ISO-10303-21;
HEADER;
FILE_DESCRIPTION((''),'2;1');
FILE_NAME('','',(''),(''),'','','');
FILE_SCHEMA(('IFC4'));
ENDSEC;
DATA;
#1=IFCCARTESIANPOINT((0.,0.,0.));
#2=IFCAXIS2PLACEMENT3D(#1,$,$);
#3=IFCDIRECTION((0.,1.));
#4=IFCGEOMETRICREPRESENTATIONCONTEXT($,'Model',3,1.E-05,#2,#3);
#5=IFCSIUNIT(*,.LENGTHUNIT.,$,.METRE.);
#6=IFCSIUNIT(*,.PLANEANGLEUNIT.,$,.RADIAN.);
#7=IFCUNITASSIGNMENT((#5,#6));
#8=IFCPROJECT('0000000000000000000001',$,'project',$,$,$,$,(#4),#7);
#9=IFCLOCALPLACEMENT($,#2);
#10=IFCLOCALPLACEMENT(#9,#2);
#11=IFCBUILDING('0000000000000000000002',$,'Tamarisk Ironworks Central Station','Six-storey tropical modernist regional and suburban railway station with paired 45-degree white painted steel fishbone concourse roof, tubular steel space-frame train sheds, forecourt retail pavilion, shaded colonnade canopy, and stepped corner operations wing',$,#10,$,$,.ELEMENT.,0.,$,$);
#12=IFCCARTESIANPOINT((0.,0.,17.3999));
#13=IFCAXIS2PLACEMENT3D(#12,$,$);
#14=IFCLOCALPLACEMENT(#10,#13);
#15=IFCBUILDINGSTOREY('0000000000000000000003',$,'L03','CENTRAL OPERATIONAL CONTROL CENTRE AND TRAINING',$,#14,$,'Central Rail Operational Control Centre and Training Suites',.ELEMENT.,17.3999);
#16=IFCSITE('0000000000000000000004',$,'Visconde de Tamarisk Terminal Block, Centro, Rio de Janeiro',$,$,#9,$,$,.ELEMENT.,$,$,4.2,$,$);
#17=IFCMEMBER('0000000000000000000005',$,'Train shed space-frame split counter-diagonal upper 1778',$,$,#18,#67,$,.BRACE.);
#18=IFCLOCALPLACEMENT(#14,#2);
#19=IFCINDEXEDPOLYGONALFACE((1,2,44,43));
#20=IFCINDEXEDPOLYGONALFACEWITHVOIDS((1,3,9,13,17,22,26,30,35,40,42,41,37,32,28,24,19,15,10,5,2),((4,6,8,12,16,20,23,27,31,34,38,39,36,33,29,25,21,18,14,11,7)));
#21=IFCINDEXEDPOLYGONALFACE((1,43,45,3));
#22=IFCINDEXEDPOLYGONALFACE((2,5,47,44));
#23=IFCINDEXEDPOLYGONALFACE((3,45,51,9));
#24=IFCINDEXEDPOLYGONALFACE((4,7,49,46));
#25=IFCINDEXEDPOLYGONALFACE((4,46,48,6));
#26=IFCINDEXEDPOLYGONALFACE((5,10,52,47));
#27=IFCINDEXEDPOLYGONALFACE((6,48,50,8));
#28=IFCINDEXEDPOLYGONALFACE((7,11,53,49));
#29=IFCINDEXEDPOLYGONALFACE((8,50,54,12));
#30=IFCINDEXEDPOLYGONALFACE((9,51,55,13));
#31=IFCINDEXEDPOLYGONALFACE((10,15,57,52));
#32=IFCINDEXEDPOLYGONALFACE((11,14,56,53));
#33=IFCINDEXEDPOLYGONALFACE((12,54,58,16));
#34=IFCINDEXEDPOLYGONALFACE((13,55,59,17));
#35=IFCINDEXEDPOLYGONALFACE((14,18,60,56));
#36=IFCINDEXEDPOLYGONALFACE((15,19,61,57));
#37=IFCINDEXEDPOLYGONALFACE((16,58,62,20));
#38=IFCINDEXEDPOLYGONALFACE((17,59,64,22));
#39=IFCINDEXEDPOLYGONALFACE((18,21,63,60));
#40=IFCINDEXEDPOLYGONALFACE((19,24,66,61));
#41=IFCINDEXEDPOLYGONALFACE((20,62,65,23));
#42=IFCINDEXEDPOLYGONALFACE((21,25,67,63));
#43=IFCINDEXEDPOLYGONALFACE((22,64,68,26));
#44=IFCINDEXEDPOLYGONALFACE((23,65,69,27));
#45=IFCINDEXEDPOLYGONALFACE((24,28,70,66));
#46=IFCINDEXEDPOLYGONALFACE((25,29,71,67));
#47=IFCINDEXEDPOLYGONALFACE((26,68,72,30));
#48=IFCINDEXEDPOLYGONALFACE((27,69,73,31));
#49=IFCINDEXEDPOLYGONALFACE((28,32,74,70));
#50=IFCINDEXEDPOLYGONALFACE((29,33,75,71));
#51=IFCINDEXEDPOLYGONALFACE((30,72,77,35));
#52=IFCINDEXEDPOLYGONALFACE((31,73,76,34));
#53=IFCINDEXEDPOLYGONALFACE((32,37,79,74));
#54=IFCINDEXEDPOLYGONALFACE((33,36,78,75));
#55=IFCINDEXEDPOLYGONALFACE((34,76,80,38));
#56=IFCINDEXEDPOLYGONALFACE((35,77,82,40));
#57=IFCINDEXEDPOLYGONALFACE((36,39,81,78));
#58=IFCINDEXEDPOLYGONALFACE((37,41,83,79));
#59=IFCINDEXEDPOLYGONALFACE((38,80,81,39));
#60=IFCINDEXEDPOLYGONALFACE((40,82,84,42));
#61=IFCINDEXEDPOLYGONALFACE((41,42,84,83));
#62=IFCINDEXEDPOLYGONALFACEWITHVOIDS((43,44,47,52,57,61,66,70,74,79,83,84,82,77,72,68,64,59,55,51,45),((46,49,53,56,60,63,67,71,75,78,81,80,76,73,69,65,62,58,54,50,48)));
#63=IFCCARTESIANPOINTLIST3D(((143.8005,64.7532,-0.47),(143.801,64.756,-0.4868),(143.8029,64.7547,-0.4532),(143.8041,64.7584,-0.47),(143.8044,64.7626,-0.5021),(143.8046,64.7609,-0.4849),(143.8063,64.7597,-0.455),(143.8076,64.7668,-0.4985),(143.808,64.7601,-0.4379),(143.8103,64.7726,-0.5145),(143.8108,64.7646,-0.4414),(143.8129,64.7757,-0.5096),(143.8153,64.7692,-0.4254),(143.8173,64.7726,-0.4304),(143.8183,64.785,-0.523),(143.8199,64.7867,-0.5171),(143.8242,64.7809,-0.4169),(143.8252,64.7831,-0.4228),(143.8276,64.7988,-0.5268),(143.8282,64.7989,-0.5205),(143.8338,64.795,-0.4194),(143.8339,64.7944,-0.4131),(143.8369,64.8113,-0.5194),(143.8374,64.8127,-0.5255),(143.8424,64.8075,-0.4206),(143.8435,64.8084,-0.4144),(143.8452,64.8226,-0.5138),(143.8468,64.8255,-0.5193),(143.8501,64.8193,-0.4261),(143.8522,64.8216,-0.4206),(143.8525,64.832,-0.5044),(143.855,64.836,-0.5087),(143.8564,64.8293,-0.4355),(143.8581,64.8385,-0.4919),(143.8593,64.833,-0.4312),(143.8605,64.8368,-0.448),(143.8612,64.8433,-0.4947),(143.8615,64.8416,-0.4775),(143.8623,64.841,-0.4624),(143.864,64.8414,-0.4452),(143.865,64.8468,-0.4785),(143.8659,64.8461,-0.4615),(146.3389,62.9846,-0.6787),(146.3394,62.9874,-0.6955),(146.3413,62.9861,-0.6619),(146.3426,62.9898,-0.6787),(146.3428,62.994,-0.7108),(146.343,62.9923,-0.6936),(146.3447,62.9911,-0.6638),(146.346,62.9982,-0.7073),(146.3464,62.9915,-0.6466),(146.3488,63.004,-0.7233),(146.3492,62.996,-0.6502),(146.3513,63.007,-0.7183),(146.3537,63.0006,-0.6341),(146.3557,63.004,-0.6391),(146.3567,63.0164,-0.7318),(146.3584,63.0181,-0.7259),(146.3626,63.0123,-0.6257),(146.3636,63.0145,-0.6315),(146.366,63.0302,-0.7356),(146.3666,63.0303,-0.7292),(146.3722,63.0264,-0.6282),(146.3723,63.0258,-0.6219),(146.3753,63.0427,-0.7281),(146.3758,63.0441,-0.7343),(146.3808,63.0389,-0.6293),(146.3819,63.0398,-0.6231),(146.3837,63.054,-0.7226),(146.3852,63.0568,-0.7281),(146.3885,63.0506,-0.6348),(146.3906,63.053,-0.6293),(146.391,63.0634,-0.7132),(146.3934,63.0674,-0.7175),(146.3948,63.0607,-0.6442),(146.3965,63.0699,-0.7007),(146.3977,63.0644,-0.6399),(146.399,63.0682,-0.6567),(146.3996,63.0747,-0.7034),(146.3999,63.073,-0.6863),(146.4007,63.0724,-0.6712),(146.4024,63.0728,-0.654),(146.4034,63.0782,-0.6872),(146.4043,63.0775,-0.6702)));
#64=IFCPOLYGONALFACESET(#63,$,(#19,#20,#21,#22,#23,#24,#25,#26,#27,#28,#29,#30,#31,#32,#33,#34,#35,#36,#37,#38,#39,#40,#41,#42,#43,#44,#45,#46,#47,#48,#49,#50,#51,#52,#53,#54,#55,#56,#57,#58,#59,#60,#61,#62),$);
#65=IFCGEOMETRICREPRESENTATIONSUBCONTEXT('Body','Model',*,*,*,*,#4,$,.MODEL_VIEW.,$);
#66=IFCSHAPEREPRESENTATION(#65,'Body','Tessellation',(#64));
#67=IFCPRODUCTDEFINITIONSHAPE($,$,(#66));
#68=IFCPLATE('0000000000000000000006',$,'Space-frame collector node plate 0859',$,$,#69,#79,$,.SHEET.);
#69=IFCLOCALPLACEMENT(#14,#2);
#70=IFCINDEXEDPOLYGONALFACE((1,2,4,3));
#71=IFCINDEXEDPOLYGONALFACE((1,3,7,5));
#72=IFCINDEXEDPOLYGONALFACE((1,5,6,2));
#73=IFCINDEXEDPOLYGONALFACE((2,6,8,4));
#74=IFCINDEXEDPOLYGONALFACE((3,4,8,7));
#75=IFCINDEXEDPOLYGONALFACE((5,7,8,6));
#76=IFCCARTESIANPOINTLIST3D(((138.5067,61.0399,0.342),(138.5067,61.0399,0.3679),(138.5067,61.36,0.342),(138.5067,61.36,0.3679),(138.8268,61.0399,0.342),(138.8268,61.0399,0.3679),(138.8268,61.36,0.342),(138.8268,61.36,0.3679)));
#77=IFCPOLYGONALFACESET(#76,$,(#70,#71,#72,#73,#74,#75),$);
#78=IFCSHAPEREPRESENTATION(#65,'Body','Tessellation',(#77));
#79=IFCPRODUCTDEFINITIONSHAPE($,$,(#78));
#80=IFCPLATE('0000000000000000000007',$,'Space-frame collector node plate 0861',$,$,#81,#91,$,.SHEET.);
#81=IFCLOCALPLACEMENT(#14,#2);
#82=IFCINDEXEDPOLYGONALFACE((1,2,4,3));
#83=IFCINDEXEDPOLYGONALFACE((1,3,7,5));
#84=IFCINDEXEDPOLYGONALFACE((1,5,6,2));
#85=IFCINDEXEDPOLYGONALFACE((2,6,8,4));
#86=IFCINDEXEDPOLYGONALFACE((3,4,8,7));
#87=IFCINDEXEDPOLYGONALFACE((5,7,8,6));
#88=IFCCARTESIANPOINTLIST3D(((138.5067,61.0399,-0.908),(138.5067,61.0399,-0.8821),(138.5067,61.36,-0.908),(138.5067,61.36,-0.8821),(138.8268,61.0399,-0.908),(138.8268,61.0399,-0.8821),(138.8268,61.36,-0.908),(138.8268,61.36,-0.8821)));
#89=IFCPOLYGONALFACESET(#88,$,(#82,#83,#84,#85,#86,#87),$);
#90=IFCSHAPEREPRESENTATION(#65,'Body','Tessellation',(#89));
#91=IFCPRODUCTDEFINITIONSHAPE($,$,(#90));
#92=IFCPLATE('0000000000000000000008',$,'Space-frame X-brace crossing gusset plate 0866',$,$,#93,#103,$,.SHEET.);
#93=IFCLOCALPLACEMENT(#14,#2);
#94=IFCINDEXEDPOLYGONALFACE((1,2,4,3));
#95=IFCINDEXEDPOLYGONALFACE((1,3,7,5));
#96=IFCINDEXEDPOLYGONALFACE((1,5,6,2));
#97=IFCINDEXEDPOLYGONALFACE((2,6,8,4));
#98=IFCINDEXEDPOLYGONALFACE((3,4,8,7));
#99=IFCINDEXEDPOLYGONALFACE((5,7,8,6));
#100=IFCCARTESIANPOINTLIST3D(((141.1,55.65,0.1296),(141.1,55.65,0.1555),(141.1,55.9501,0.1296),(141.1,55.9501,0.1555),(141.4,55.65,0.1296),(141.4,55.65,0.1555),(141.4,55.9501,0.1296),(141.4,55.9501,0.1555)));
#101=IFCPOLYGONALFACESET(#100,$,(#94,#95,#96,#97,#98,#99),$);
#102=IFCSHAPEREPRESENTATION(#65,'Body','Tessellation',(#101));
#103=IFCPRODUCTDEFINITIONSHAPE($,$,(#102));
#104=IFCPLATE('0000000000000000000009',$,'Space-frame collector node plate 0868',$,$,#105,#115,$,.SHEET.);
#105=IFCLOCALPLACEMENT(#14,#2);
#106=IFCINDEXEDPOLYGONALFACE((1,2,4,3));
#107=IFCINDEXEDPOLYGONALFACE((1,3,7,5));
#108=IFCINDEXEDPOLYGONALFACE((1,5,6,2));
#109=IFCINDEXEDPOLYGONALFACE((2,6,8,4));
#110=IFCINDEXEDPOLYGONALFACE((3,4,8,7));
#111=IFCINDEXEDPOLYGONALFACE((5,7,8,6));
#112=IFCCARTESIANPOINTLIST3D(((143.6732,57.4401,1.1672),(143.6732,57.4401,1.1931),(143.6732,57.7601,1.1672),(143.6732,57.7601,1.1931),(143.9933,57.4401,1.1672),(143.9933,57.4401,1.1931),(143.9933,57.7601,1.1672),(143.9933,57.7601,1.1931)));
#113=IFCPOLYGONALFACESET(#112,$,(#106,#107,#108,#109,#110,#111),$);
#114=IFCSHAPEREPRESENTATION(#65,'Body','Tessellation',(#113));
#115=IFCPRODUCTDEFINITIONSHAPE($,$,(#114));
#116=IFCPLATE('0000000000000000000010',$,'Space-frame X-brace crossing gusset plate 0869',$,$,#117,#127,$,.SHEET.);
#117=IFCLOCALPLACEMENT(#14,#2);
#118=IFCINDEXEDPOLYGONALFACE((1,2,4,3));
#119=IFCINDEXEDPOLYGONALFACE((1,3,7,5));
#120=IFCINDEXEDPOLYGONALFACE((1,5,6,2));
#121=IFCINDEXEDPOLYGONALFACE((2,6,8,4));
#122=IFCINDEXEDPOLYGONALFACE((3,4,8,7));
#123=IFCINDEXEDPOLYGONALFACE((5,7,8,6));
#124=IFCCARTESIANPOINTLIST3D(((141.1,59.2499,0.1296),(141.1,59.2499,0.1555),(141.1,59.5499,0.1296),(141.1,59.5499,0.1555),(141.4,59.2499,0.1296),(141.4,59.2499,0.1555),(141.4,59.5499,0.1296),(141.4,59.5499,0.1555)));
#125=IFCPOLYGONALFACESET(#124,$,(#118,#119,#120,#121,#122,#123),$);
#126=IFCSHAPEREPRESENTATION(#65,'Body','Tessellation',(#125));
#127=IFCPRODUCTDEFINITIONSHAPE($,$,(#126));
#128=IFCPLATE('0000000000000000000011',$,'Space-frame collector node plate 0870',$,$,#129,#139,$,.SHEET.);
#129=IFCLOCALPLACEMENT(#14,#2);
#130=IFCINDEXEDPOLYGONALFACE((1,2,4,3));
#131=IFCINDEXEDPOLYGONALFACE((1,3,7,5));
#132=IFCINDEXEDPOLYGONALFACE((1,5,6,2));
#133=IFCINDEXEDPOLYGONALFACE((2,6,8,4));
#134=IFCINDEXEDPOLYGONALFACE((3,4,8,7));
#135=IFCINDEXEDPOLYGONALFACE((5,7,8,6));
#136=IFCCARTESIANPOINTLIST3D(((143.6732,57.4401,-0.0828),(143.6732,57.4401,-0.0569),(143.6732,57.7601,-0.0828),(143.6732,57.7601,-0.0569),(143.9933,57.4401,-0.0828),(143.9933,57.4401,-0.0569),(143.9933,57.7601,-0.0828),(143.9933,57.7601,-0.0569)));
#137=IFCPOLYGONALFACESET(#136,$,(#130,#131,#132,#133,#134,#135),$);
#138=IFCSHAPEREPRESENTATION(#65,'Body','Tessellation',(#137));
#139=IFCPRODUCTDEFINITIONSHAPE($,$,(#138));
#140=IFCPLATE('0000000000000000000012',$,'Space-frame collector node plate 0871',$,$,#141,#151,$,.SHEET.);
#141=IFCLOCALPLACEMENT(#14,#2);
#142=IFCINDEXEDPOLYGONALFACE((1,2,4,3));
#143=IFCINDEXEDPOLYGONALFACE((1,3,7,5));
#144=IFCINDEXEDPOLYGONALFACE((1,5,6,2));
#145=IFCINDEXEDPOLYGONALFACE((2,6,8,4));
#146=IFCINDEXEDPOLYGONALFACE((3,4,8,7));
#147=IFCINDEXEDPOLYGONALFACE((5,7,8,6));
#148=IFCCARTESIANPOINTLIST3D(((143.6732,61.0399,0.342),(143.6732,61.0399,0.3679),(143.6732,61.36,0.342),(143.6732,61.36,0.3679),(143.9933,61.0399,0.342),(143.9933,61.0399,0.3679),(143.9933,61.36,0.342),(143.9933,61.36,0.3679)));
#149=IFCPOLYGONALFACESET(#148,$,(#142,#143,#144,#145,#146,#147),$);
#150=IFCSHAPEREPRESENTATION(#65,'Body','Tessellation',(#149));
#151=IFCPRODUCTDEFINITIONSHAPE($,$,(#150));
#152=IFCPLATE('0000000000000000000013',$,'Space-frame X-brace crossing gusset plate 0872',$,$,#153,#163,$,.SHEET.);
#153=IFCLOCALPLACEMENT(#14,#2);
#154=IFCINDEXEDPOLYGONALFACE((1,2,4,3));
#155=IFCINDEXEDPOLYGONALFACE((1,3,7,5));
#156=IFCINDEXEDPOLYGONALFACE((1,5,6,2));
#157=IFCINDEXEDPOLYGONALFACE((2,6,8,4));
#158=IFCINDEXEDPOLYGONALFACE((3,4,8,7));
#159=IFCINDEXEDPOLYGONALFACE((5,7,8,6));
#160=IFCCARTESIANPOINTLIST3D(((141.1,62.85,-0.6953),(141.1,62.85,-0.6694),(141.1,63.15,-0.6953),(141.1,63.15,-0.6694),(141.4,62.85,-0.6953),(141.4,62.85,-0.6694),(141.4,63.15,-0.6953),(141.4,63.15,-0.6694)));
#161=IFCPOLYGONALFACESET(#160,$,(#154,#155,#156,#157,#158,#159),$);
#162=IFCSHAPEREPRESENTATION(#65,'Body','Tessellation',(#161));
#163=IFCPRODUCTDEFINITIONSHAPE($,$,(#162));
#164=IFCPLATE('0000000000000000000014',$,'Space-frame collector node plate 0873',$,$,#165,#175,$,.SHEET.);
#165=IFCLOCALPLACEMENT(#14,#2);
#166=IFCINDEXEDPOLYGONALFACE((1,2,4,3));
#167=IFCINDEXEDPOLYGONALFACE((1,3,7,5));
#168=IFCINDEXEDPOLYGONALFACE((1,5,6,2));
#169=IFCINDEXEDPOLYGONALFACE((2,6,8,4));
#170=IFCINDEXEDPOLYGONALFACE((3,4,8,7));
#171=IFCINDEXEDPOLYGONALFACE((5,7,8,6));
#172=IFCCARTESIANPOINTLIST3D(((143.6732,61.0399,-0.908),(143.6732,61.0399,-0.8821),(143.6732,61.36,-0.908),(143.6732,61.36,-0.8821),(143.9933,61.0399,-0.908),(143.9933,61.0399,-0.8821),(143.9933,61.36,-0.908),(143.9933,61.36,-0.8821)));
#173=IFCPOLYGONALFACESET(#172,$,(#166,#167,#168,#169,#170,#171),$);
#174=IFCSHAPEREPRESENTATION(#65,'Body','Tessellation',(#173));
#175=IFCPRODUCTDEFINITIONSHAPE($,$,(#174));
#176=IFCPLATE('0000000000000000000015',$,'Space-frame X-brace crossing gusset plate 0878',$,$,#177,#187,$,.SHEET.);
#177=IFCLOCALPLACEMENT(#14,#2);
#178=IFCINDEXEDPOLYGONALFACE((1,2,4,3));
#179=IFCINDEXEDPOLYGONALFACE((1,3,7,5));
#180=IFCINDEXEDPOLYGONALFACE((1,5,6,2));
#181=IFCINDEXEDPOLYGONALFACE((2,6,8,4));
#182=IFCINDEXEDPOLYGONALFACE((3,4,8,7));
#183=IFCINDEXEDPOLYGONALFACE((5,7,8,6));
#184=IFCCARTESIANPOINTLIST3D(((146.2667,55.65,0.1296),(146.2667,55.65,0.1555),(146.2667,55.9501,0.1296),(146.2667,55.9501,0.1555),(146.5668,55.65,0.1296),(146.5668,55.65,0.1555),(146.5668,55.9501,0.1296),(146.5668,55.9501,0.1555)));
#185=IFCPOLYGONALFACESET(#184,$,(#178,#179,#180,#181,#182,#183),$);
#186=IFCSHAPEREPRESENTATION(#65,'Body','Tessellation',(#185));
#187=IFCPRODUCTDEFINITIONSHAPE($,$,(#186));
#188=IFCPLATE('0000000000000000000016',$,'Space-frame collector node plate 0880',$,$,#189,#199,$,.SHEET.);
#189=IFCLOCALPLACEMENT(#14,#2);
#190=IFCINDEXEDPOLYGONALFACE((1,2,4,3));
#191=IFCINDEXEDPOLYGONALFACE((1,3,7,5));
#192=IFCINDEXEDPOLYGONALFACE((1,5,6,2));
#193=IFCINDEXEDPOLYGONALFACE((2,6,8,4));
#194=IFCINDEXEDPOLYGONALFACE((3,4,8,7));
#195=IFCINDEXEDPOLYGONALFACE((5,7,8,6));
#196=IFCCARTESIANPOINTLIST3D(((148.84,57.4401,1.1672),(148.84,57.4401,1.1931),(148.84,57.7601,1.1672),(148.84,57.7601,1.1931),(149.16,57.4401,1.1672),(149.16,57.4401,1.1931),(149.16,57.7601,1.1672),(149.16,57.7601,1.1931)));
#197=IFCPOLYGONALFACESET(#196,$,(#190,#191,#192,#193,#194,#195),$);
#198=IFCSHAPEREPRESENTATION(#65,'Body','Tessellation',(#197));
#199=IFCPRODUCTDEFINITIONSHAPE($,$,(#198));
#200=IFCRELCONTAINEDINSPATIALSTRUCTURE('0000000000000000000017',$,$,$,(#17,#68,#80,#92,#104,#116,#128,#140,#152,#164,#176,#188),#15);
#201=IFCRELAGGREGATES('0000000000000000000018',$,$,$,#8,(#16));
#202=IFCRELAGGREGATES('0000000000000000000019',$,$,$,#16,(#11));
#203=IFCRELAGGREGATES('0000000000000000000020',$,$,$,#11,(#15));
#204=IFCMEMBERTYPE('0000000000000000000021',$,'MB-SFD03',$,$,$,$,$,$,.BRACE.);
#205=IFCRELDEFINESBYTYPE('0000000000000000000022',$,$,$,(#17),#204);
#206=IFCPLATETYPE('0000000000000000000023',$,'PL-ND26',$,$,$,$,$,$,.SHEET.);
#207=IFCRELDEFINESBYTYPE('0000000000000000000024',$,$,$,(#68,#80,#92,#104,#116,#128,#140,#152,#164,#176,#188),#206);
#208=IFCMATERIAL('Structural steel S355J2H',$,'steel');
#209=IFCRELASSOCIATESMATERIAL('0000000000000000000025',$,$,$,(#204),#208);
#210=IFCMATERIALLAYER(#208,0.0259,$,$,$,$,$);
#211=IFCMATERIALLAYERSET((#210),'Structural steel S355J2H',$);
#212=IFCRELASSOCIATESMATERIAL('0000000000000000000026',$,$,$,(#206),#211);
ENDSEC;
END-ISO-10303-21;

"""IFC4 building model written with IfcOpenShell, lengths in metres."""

from ifc_helpers import new_model, si_unit, direction, frame, origin, origin_2d, place, context, subcontext, project, spatial, rectangle, hollow_circle, extrude, material, layer, layer_set, material_profile, profile_set, type_object, element, save


model = new_model("IFC4")

# Units and contexts
model_context = context("Model", 3, precision=1e-05, world=origin(), true_north=direction((0.0, 1.0)))
body_context = subcontext(model_context, "Body", "Model", "MODEL_VIEW")
ifc_project = project(units=[si_unit("LENGTHUNIT", "METRE"), si_unit("PLANEANGLEUNIT", "RADIAN")], contexts=[model_context])

# Site, building, storey
site_placement = place(None, origin())
site = spatial("IfcSite", under=ifc_project, at=site_placement, Name="Visconde de Tamarisk Terminal Block, Centro, Rio de Janeiro", CompositionType="ELEMENT", RefElevation=4.2)
building_placement = place(site_placement, origin())
building = spatial("IfcBuilding", under=site, at=building_placement, Name="Tamarisk Ironworks Central Station", Description="Six-storey tropical modernist regional and suburban railway station with paired 45-degree white painted steel fishbone concourse roof, tubular steel space-frame train sheds, forecourt retail pavilion, shaded colonnade canopy, and stepped corner operations wing", CompositionType="ELEMENT", ElevationOfRefHeight=0.0)
storey_placement = place(building_placement, frame((0.0, 0.0, 17.3999)))
storey = spatial("IfcBuildingStorey", under=building, at=storey_placement, Name="L03", Description="CENTRAL OPERATIONAL CONTROL CENTRE AND TRAINING", LongName="Central Rail Operational Control Centre and Training Suites", CompositionType="ELEMENT", Elevation=17.3999)

# Member
ifc_material = material(Name="Structural steel S355J2H", Category="steel")
ifc_material_profile_1 = material_profile(ifc_material, hollow_circle(Radius=0.0571, WallThickness=0.0063, at=origin_2d()), Name="CHS 114.3x6.3")
ifc_profile_set_1 = profile_set([ifc_material_profile_1], Name="Structural steel S355J2H")
member_type_1 = type_object("IfcMemberType", Name="MB-SFD03", PredefinedType="BRACE", material=ifc_profile_set_1)
for number, where, z_axis, x_axis, name in (
    (1, (146.3716, 63.0315, -0.6787), (-0.818625, 0.570369, 0.06732), (-0.571666, -0.820487, 0.0), "Train shed space-frame split counter-diagonal upper 1778"),
):
    element("IfcMember", number, at=place(storey_placement, frame(where, z_axis=z_axis, x_axis=x_axis)), inside=storey, type_object=member_type_1, Name=name, PredefinedType="BRACE", context=body_context, shape_type="SweptSolid", body=[
        extrude(hollow_circle(Radius=0.0571, WallThickness=0.0063, at=origin_2d()), origin(), (0.0, 0.0, 1.0), 3.1008),
    ])

# Plates
ifc_layer = layer(ifc_material, 0.0259)
ifc_layer_set = layer_set([ifc_layer], Name="Structural steel S355J2H")
plate_type = type_object("IfcPlateType", Name="PL-ND26", PredefinedType="SHEET", material=ifc_layer_set)
for number, where, z_axis, x_axis, name in (
    (2, (138.6667, 61.2, 0.342), (0.0, 0.0, 1.0), (1.0, 0.0, 0.0), "Space-frame collector node plate 0859"),
    (3, (138.6667, 61.2, -0.908), (0.0, 0.0, 1.0), (1.0, 0.0, 0.0), "Space-frame collector node plate 0861"),
):
    element("IfcPlate", number, at=place(storey_placement, frame(where, z_axis=z_axis, x_axis=x_axis)), inside=storey, type_object=plate_type, Name=name, PredefinedType="SHEET", context=body_context, shape_type="SweptSolid", body=[
        extrude(rectangle(XDim=0.3201, YDim=0.3201, at=origin_2d()), origin(), (0.0, 0.0, 1.0), 0.0259),
    ])
plate_1_placement = place(storey_placement, frame((141.25, 55.8, 0.1296), z_axis=(0.0, 0.0, 1.0), x_axis=(1.0, 0.0, 0.0)))
element("IfcPlate", 4, at=plate_1_placement, inside=storey, type_object=plate_type, Name="Space-frame X-brace crossing gusset plate 0866", PredefinedType="SHEET", context=body_context, shape_type="SweptSolid", body=[
    extrude(rectangle(XDim=0.3, YDim=0.3, at=origin_2d()), origin(), (0.0, 0.0, 1.0), 0.0259),
])
plate_2_placement = place(storey_placement, frame((143.8333, 57.6001, 1.1672), z_axis=(0.0, 0.0, 1.0), x_axis=(1.0, 0.0, 0.0)))
element("IfcPlate", 5, at=plate_2_placement, inside=storey, type_object=plate_type, Name="Space-frame collector node plate 0868", PredefinedType="SHEET", context=body_context, shape_type="SweptSolid", body=[
    extrude(rectangle(XDim=0.3201, YDim=0.3201, at=origin_2d()), origin(), (0.0, 0.0, 1.0), 0.0259),
])
plate_3_placement = place(storey_placement, frame((141.25, 59.3999, 0.1296), z_axis=(0.0, 0.0, 1.0), x_axis=(1.0, 0.0, 0.0)))
element("IfcPlate", 6, at=plate_3_placement, inside=storey, type_object=plate_type, Name="Space-frame X-brace crossing gusset plate 0869", PredefinedType="SHEET", context=body_context, shape_type="SweptSolid", body=[
    extrude(rectangle(XDim=0.3, YDim=0.3, at=origin_2d()), origin(), (0.0, 0.0, 1.0), 0.0259),
])
for number, where, z_axis, x_axis, name in (
    (7, (143.8333, 57.6001, -0.0828), (0.0, 0.0, 1.0), (1.0, 0.0, 0.0), "Space-frame collector node plate 0870"),
    (8, (143.8333, 61.2, 0.342), (0.0, 0.0, 1.0), (1.0, 0.0, 0.0), "Space-frame collector node plate 0871"),
):
    element("IfcPlate", number, at=place(storey_placement, frame(where, z_axis=z_axis, x_axis=x_axis)), inside=storey, type_object=plate_type, Name=name, PredefinedType="SHEET", context=body_context, shape_type="SweptSolid", body=[
        extrude(rectangle(XDim=0.3201, YDim=0.3201, at=origin_2d()), origin(), (0.0, 0.0, 1.0), 0.0259),
    ])
plate_4_placement = place(storey_placement, frame((141.25, 63.0, -0.6953), z_axis=(0.0, 0.0, 1.0), x_axis=(1.0, 0.0, 0.0)))
element("IfcPlate", 9, at=plate_4_placement, inside=storey, type_object=plate_type, Name="Space-frame X-brace crossing gusset plate 0872", PredefinedType="SHEET", context=body_context, shape_type="SweptSolid", body=[
    extrude(rectangle(XDim=0.3, YDim=0.3, at=origin_2d()), origin(), (0.0, 0.0, 1.0), 0.0259),
])
plate_5_placement = place(storey_placement, frame((143.8333, 61.2, -0.908), z_axis=(0.0, 0.0, 1.0), x_axis=(1.0, 0.0, 0.0)))
element("IfcPlate", 10, at=plate_5_placement, inside=storey, type_object=plate_type, Name="Space-frame collector node plate 0873", PredefinedType="SHEET", context=body_context, shape_type="SweptSolid", body=[
    extrude(rectangle(XDim=0.3201, YDim=0.3201, at=origin_2d()), origin(), (0.0, 0.0, 1.0), 0.0259),
])
plate_6_placement = place(storey_placement, frame((146.4167, 55.8, 0.1296), z_axis=(0.0, 0.0, 1.0), x_axis=(1.0, 0.0, 0.0)))
element("IfcPlate", 11, at=plate_6_placement, inside=storey, type_object=plate_type, Name="Space-frame X-brace crossing gusset plate 0878", PredefinedType="SHEET", context=body_context, shape_type="SweptSolid", body=[
    extrude(rectangle(XDim=0.3, YDim=0.3, at=origin_2d()), origin(), (0.0, 0.0, 1.0), 0.0259),
])
plate_7_placement = place(storey_placement, frame((149.0, 57.6001, 1.1672), z_axis=(0.0, 0.0, 1.0), x_axis=(1.0, 0.0, 0.0)))
element("IfcPlate", 12, at=plate_7_placement, inside=storey, type_object=plate_type, Name="Space-frame collector node plate 0880", PredefinedType="SHEET", context=body_context, shape_type="SweptSolid", body=[
    extrude(rectangle(XDim=0.3201, YDim=0.3201, at=origin_2d()), origin(), (0.0, 0.0, 1.0), 0.0259),
])

save(model, "model.ifc")
